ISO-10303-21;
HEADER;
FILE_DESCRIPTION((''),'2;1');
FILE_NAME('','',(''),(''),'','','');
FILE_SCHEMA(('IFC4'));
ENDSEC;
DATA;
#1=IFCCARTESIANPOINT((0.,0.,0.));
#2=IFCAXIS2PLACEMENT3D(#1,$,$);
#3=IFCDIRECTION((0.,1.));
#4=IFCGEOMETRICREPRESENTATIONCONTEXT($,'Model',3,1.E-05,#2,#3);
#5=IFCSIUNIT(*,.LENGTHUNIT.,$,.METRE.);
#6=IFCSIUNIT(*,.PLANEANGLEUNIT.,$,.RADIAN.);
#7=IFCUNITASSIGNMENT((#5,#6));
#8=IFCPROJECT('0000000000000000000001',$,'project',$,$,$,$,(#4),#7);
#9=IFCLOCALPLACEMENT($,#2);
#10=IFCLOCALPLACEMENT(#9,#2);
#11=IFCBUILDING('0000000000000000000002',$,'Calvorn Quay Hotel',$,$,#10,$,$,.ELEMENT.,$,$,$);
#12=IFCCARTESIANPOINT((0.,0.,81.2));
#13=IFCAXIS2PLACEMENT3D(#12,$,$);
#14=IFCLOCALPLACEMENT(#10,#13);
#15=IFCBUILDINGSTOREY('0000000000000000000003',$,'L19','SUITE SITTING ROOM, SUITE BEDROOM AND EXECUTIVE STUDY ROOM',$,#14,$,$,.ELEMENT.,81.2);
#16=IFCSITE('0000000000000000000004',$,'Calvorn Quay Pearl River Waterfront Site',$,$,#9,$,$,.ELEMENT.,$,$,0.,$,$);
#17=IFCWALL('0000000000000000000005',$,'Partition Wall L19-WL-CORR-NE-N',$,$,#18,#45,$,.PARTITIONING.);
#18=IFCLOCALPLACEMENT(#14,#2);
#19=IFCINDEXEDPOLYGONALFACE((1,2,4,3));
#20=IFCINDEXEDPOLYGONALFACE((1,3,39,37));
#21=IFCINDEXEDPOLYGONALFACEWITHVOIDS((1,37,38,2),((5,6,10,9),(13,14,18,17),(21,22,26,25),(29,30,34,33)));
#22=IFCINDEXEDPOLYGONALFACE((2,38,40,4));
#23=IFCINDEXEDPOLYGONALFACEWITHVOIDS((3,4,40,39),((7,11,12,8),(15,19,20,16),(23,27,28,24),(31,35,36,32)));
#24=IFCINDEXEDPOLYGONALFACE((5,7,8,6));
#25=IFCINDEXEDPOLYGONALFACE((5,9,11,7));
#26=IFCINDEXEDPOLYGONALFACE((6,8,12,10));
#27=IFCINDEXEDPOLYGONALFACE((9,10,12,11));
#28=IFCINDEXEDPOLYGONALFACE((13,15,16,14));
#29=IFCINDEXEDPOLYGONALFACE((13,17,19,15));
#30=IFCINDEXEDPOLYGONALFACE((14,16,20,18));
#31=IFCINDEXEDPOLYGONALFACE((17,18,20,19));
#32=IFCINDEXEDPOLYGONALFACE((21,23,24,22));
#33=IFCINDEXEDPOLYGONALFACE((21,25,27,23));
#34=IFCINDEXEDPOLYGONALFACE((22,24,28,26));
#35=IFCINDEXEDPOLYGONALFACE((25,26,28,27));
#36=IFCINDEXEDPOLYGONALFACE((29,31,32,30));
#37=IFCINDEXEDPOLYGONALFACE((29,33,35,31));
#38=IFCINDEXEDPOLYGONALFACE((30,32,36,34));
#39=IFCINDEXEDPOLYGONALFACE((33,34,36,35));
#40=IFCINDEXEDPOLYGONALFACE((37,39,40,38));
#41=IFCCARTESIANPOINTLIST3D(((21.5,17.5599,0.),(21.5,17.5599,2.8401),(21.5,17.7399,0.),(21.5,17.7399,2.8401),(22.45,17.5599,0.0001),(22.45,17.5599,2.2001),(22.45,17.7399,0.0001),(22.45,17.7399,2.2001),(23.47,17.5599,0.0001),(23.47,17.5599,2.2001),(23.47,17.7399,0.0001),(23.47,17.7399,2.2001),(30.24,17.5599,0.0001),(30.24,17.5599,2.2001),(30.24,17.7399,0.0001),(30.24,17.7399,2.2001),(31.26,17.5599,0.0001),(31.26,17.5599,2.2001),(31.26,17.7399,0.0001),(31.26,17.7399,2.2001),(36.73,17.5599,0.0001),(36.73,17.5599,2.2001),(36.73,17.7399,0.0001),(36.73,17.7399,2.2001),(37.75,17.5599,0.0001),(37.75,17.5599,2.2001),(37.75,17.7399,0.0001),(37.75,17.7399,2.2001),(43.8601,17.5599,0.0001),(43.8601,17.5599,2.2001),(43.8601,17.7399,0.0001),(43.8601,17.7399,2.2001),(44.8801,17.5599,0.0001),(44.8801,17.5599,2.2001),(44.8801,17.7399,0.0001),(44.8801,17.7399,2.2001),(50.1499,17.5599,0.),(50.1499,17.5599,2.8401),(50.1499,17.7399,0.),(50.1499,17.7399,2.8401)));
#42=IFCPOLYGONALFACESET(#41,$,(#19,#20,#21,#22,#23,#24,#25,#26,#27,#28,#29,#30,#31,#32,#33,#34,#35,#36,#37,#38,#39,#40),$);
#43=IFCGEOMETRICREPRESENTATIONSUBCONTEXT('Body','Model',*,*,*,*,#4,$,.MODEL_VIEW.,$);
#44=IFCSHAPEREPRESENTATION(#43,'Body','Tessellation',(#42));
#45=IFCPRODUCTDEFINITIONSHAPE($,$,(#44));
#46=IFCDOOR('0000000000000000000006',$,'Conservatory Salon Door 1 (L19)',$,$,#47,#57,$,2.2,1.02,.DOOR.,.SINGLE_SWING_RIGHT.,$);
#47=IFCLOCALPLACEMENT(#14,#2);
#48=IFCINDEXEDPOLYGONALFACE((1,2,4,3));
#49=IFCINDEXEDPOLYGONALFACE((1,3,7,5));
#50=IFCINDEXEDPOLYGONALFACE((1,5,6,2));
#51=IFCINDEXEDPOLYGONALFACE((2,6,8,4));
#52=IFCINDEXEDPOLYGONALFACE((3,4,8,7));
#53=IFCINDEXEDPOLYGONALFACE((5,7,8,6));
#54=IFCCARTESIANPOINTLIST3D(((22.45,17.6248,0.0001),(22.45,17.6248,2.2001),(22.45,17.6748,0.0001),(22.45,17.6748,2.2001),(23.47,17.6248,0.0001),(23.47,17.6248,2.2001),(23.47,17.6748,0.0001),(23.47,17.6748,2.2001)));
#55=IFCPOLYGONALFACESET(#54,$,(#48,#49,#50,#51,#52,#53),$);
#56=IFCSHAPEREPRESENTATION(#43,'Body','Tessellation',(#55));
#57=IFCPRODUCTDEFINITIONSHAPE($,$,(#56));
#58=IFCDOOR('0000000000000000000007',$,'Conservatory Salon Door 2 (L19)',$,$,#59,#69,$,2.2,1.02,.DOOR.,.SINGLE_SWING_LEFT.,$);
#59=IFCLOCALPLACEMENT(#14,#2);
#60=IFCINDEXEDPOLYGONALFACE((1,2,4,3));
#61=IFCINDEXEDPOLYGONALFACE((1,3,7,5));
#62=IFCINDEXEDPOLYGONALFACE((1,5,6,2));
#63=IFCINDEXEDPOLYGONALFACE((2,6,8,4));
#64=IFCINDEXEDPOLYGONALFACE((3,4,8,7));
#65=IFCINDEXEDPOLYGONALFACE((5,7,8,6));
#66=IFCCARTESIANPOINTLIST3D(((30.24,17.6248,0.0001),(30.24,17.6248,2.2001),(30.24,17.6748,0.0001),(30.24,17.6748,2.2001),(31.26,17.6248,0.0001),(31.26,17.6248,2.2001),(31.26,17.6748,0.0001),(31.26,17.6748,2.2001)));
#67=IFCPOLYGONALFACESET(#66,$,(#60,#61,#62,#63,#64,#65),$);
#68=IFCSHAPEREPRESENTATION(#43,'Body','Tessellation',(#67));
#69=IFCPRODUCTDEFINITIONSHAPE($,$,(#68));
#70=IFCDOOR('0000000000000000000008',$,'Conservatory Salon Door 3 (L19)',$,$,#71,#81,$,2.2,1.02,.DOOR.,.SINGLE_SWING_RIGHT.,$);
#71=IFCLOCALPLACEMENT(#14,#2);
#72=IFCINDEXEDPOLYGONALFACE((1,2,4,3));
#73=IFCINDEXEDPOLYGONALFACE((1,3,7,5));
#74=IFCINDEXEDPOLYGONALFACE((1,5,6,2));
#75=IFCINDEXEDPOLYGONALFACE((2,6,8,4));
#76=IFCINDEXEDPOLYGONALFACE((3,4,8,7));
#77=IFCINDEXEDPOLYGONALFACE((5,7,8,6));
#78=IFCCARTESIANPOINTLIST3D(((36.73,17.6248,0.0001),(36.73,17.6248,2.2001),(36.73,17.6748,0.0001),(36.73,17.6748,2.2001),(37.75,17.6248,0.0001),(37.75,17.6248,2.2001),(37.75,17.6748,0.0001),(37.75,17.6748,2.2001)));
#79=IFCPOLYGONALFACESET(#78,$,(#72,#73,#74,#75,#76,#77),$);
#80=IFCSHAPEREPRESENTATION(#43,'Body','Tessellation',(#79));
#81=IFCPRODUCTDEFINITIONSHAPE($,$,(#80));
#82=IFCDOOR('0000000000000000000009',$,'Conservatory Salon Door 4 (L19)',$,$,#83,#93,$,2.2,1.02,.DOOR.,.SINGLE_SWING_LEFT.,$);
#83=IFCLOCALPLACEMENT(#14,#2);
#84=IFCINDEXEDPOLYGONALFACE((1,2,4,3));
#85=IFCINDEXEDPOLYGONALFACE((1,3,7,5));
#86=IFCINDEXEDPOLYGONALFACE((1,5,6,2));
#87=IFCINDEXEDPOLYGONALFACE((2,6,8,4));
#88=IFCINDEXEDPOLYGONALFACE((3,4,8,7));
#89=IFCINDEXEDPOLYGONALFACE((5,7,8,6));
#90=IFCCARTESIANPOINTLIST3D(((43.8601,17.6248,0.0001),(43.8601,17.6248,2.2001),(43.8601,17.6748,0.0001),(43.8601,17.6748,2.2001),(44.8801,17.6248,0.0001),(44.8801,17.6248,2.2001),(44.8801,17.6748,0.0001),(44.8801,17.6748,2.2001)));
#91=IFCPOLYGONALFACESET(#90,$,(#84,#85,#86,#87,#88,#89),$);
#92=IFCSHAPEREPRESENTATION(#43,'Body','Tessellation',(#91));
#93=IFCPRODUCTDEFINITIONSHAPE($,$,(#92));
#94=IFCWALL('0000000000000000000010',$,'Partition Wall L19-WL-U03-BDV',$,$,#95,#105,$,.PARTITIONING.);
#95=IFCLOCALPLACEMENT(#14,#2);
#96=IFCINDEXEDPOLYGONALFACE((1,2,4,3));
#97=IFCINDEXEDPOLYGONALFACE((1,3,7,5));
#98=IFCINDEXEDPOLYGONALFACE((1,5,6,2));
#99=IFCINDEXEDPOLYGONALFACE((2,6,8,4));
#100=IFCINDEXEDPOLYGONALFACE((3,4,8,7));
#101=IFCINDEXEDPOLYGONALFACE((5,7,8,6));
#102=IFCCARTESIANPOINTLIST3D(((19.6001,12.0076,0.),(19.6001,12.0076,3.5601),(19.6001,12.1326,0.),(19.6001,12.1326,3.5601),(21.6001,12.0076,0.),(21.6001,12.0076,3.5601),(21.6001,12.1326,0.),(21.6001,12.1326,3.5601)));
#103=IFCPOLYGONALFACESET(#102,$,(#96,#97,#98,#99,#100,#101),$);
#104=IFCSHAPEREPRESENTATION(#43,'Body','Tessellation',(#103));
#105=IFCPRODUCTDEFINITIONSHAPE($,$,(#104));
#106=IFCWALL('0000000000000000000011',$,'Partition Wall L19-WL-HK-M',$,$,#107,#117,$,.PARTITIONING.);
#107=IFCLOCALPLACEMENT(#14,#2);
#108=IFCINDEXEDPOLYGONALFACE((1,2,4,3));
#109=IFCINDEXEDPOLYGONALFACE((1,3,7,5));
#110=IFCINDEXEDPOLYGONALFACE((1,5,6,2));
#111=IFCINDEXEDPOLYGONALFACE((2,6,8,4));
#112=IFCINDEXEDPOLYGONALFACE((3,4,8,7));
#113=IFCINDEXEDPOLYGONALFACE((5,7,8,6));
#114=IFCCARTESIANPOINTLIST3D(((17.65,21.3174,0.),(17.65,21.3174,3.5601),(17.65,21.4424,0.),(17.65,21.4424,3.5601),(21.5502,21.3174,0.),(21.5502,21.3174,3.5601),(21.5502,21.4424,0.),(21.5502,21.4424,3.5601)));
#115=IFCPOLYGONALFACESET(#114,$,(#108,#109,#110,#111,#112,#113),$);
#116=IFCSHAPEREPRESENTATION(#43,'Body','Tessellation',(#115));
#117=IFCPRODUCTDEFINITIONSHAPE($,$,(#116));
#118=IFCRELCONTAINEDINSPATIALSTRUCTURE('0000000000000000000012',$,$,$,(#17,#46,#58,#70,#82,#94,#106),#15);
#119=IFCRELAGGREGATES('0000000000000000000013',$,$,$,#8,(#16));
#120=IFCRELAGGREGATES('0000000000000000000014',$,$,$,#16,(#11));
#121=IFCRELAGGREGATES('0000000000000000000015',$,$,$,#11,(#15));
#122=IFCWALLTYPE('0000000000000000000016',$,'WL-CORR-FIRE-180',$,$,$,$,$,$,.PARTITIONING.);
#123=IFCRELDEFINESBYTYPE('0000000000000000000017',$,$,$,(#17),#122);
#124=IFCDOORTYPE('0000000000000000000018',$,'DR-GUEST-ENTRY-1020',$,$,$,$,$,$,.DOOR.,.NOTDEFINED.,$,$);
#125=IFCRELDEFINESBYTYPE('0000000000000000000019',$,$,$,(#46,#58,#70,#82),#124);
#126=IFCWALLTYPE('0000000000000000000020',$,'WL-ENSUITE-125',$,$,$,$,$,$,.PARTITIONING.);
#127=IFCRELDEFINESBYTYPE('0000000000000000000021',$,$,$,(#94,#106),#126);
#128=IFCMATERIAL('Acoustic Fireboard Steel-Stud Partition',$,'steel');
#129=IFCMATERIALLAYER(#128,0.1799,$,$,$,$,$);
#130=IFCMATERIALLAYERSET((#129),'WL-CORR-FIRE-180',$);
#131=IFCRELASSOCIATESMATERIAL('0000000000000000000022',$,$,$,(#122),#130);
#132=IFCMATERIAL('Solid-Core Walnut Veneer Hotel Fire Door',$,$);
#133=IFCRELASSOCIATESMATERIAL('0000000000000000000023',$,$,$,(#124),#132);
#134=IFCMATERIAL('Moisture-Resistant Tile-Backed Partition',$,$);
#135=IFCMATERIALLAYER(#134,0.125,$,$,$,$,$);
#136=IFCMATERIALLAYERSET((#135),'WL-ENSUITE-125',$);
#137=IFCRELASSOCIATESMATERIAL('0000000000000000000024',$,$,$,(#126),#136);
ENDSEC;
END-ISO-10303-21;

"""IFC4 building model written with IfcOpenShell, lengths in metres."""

from ifc_helpers import new_model, si_unit, direction, frame, frame_2d, origin, place, context, subcontext, project, spatial, rectangle, extrude, material, layer, layer_set, type_object, element, fill, save


model = new_model("IFC4")

# Units and contexts
model_context = context("Model", 3, precision=1e-05, world=origin(), true_north=direction((0.0, 1.0)))
body_context = subcontext(model_context, "Body", "Model", "MODEL_VIEW")
ifc_project = project(units=[si_unit("LENGTHUNIT", "METRE"), si_unit("PLANEANGLEUNIT", "RADIAN")], contexts=[model_context])

# Site, building, storey
site_placement = place(None, origin())
site = spatial("IfcSite", under=ifc_project, at=site_placement, Name="Calvorn Quay Pearl River Waterfront Site", CompositionType="ELEMENT", RefElevation=0.0)
building_placement = place(site_placement, origin())
building = spatial("IfcBuilding", under=site, at=building_placement, Name="Calvorn Quay Hotel", CompositionType="ELEMENT")
storey_placement = place(building_placement, frame((0.0, 0.0, 81.2)))
storey = spatial("IfcBuildingStorey", under=building, at=storey_placement, Name="L19", Description="SUITE SITTING ROOM, SUITE BEDROOM AND EXECUTIVE STUDY ROOM", CompositionType="ELEMENT", Elevation=81.2)

# Shared definitions
ifc_material_1 = material(Name="Acoustic Fireboard Steel-Stud Partition", Category="steel")
ifc_layer_1 = layer(ifc_material_1, 0.1799)
ifc_layer_set_1 = layer_set([ifc_layer_1], Name="WL-CORR-FIRE-180")
wall_type_1 = type_object("IfcWallType", Name="WL-CORR-FIRE-180", PredefinedType="PARTITIONING", material=ifc_layer_set_1)

# Wall, openings, doors
wall_1_placement = place(storey_placement, frame((21.5, 17.6499, 0.0), z_axis=(0.0, 0.0, 1.0), x_axis=(1.0, 0.0, 0.0)))
wall_1 = element("IfcWall", 1, at=wall_1_placement, inside=storey, type_object=wall_type_1, Name="Partition Wall L19-WL-CORR-NE-N", PredefinedType="PARTITIONING", context=body_context, shape_type="SweptSolid", body=[
    extrude(rectangle(XDim=28.6499, YDim=0.1799, at=frame_2d((14.325, 0.0))), origin(), (0.0, 0.0, 1.0), 2.8401),
])
opening_1_placement = place(wall_1_placement, frame((0.95, 0.0, 0.0)))
opening_1 = element("IfcOpeningElement", 2, at=opening_1_placement, cuts=wall_1, PredefinedType="OPENING", context=body_context, shape_type="SweptSolid", body=[
    extrude(rectangle(XDim=1.02, YDim=2.2, at=frame_2d((0.51, 1.1001))), frame((0.0, 0.0999, 0.0), z_axis=(0.0, -1.0, 0.0), x_axis=(1.0, 0.0, 0.0)), (0.0, 0.0, 1.0), 0.2),
])
opening_2_placement = place(wall_1_placement, frame((8.74, 0.0, 0.0)))
opening_2 = element("IfcOpeningElement", 3, at=opening_2_placement, cuts=wall_1, PredefinedType="OPENING", context=body_context, shape_type="SweptSolid", body=[
    extrude(rectangle(XDim=1.02, YDim=2.2, at=frame_2d((0.51, 1.1001))), frame((0.0, 0.0999, 0.0), z_axis=(0.0, -1.0, 0.0), x_axis=(1.0, 0.0, 0.0)), (0.0, 0.0, 1.0), 0.2),
])
opening_3_placement = place(wall_1_placement, frame((15.23, 0.0, 0.0)))
opening_3 = element("IfcOpeningElement", 4, at=opening_3_placement, cuts=wall_1, PredefinedType="OPENING", context=body_context, shape_type="SweptSolid", body=[
    extrude(rectangle(XDim=1.02, YDim=2.2, at=frame_2d((0.51, 1.1001))), frame((0.0, 0.0999, 0.0), z_axis=(0.0, -1.0, 0.0), x_axis=(1.0, 0.0, 0.0)), (0.0, 0.0, 1.0), 0.2),
])
opening_4_placement = place(wall_1_placement, frame((22.3601, 0.0, 0.0)))
opening_4 = element("IfcOpeningElement", 5, at=opening_4_placement, cuts=wall_1, PredefinedType="OPENING", context=body_context, shape_type="SweptSolid", body=[
    extrude(rectangle(XDim=1.02, YDim=2.2, at=frame_2d((0.51, 1.1001))), frame((0.0, 0.0999, 0.0), z_axis=(0.0, -1.0, 0.0), x_axis=(1.0, 0.0, 0.0)), (0.0, 0.0, 1.0), 0.2),
])
ifc_material_2 = material(Name="Solid-Core Walnut Veneer Hotel Fire Door")
door_type_1 = type_object("IfcDoorType", Name="DR-GUEST-ENTRY-1020", OperationType="NOTDEFINED", PredefinedType="DOOR", material=ifc_material_2)
door_1_placement = place(opening_1_placement, origin())
door_1 = element("IfcDoor", 6, at=door_1_placement, inside=storey, type_object=door_type_1, Name="Conservatory Salon Door 1 (L19)", OperationType="SINGLE_SWING_RIGHT", OverallHeight=2.2, OverallWidth=1.02, PredefinedType="DOOR", context=body_context, shape_type="SweptSolid", body=[
    extrude(rectangle(XDim=1.02, YDim=2.2, at=frame_2d((0.51, 1.1001))), frame((0.0, 0.0249, 0.0), z_axis=(0.0, -1.0, 0.0), x_axis=(1.0, 0.0, 0.0)), (0.0, 0.0, 1.0), 0.05),
])
fill(opening_1, door_1)
door_2_placement = place(opening_2_placement, origin())
door_2 = element("IfcDoor", 7, at=door_2_placement, inside=storey, type_object=door_type_1, Name="Conservatory Salon Door 2 (L19)", OperationType="SINGLE_SWING_LEFT", OverallHeight=2.2, OverallWidth=1.02, PredefinedType="DOOR", context=body_context, shape_type="SweptSolid", body=[
    extrude(rectangle(XDim=1.02, YDim=2.2, at=frame_2d((0.51, 1.1001))), frame((0.0, 0.0249, 0.0), z_axis=(0.0, -1.0, 0.0), x_axis=(1.0, 0.0, 0.0)), (0.0, 0.0, 1.0), 0.05),
])
fill(opening_2, door_2)
door_3_placement = place(opening_3_placement, origin())
door_3 = element("IfcDoor", 8, at=door_3_placement, inside=storey, type_object=door_type_1, Name="Conservatory Salon Door 3 (L19)", OperationType="SINGLE_SWING_RIGHT", OverallHeight=2.2, OverallWidth=1.02, PredefinedType="DOOR", context=body_context, shape_type="SweptSolid", body=[
    extrude(rectangle(XDim=1.02, YDim=2.2, at=frame_2d((0.51, 1.1001))), frame((0.0, 0.0249, 0.0), z_axis=(0.0, -1.0, 0.0), x_axis=(1.0, 0.0, 0.0)), (0.0, 0.0, 1.0), 0.05),
])
fill(opening_3, door_3)
door_4_placement = place(opening_4_placement, origin())
door_4 = element("IfcDoor", 9, at=door_4_placement, inside=storey, type_object=door_type_1, Name="Conservatory Salon Door 4 (L19)", OperationType="SINGLE_SWING_LEFT", OverallHeight=2.2, OverallWidth=1.02, PredefinedType="DOOR", context=body_context, shape_type="SweptSolid", body=[
    extrude(rectangle(XDim=1.02, YDim=2.2, at=frame_2d((0.51, 1.1001))), frame((0.0, 0.0249, 0.0), z_axis=(0.0, -1.0, 0.0), x_axis=(1.0, 0.0, 0.0)), (0.0, 0.0, 1.0), 0.05),
])
fill(opening_4, door_4)

# Walls
ifc_material_3 = material(Name="Moisture-Resistant Tile-Backed Partition")
ifc_layer_2 = layer(ifc_material_3, 0.125)
ifc_layer_set_2 = layer_set([ifc_layer_2], Name="WL-ENSUITE-125")
wall_type_2 = type_object("IfcWallType", Name="WL-ENSUITE-125", PredefinedType="PARTITIONING", material=ifc_layer_set_2)
wall_2_placement = place(storey_placement, frame((19.6001, 12.0701, 0.0), z_axis=(0.0, 0.0, 1.0), x_axis=(1.0, 0.0, 0.0)))
element("IfcWall", 10, at=wall_2_placement, inside=storey, type_object=wall_type_2, Name="Partition Wall L19-WL-U03-BDV", PredefinedType="PARTITIONING", context=body_context, shape_type="SweptSolid", body=[
    extrude(rectangle(XDim=2.0, YDim=0.125, at=frame_2d((1.0, 0.0))), origin(), (0.0, 0.0, 1.0), 3.5601),
])
wall_3_placement = place(storey_placement, frame((17.6499, 21.3799, 0.0), z_axis=(0.0, 0.0, 1.0), x_axis=(1.0, 0.0, 0.0)))
element("IfcWall", 11, at=wall_3_placement, inside=storey, type_object=wall_type_2, Name="Partition Wall L19-WL-HK-M", PredefinedType="PARTITIONING", context=body_context, shape_type="SweptSolid", body=[
    extrude(rectangle(XDim=3.9001, YDim=0.125, at=frame_2d((1.9502, 0.0))), origin(), (0.0, 0.0, 1.0), 3.5601),
])

save(model, "model.ifc")
